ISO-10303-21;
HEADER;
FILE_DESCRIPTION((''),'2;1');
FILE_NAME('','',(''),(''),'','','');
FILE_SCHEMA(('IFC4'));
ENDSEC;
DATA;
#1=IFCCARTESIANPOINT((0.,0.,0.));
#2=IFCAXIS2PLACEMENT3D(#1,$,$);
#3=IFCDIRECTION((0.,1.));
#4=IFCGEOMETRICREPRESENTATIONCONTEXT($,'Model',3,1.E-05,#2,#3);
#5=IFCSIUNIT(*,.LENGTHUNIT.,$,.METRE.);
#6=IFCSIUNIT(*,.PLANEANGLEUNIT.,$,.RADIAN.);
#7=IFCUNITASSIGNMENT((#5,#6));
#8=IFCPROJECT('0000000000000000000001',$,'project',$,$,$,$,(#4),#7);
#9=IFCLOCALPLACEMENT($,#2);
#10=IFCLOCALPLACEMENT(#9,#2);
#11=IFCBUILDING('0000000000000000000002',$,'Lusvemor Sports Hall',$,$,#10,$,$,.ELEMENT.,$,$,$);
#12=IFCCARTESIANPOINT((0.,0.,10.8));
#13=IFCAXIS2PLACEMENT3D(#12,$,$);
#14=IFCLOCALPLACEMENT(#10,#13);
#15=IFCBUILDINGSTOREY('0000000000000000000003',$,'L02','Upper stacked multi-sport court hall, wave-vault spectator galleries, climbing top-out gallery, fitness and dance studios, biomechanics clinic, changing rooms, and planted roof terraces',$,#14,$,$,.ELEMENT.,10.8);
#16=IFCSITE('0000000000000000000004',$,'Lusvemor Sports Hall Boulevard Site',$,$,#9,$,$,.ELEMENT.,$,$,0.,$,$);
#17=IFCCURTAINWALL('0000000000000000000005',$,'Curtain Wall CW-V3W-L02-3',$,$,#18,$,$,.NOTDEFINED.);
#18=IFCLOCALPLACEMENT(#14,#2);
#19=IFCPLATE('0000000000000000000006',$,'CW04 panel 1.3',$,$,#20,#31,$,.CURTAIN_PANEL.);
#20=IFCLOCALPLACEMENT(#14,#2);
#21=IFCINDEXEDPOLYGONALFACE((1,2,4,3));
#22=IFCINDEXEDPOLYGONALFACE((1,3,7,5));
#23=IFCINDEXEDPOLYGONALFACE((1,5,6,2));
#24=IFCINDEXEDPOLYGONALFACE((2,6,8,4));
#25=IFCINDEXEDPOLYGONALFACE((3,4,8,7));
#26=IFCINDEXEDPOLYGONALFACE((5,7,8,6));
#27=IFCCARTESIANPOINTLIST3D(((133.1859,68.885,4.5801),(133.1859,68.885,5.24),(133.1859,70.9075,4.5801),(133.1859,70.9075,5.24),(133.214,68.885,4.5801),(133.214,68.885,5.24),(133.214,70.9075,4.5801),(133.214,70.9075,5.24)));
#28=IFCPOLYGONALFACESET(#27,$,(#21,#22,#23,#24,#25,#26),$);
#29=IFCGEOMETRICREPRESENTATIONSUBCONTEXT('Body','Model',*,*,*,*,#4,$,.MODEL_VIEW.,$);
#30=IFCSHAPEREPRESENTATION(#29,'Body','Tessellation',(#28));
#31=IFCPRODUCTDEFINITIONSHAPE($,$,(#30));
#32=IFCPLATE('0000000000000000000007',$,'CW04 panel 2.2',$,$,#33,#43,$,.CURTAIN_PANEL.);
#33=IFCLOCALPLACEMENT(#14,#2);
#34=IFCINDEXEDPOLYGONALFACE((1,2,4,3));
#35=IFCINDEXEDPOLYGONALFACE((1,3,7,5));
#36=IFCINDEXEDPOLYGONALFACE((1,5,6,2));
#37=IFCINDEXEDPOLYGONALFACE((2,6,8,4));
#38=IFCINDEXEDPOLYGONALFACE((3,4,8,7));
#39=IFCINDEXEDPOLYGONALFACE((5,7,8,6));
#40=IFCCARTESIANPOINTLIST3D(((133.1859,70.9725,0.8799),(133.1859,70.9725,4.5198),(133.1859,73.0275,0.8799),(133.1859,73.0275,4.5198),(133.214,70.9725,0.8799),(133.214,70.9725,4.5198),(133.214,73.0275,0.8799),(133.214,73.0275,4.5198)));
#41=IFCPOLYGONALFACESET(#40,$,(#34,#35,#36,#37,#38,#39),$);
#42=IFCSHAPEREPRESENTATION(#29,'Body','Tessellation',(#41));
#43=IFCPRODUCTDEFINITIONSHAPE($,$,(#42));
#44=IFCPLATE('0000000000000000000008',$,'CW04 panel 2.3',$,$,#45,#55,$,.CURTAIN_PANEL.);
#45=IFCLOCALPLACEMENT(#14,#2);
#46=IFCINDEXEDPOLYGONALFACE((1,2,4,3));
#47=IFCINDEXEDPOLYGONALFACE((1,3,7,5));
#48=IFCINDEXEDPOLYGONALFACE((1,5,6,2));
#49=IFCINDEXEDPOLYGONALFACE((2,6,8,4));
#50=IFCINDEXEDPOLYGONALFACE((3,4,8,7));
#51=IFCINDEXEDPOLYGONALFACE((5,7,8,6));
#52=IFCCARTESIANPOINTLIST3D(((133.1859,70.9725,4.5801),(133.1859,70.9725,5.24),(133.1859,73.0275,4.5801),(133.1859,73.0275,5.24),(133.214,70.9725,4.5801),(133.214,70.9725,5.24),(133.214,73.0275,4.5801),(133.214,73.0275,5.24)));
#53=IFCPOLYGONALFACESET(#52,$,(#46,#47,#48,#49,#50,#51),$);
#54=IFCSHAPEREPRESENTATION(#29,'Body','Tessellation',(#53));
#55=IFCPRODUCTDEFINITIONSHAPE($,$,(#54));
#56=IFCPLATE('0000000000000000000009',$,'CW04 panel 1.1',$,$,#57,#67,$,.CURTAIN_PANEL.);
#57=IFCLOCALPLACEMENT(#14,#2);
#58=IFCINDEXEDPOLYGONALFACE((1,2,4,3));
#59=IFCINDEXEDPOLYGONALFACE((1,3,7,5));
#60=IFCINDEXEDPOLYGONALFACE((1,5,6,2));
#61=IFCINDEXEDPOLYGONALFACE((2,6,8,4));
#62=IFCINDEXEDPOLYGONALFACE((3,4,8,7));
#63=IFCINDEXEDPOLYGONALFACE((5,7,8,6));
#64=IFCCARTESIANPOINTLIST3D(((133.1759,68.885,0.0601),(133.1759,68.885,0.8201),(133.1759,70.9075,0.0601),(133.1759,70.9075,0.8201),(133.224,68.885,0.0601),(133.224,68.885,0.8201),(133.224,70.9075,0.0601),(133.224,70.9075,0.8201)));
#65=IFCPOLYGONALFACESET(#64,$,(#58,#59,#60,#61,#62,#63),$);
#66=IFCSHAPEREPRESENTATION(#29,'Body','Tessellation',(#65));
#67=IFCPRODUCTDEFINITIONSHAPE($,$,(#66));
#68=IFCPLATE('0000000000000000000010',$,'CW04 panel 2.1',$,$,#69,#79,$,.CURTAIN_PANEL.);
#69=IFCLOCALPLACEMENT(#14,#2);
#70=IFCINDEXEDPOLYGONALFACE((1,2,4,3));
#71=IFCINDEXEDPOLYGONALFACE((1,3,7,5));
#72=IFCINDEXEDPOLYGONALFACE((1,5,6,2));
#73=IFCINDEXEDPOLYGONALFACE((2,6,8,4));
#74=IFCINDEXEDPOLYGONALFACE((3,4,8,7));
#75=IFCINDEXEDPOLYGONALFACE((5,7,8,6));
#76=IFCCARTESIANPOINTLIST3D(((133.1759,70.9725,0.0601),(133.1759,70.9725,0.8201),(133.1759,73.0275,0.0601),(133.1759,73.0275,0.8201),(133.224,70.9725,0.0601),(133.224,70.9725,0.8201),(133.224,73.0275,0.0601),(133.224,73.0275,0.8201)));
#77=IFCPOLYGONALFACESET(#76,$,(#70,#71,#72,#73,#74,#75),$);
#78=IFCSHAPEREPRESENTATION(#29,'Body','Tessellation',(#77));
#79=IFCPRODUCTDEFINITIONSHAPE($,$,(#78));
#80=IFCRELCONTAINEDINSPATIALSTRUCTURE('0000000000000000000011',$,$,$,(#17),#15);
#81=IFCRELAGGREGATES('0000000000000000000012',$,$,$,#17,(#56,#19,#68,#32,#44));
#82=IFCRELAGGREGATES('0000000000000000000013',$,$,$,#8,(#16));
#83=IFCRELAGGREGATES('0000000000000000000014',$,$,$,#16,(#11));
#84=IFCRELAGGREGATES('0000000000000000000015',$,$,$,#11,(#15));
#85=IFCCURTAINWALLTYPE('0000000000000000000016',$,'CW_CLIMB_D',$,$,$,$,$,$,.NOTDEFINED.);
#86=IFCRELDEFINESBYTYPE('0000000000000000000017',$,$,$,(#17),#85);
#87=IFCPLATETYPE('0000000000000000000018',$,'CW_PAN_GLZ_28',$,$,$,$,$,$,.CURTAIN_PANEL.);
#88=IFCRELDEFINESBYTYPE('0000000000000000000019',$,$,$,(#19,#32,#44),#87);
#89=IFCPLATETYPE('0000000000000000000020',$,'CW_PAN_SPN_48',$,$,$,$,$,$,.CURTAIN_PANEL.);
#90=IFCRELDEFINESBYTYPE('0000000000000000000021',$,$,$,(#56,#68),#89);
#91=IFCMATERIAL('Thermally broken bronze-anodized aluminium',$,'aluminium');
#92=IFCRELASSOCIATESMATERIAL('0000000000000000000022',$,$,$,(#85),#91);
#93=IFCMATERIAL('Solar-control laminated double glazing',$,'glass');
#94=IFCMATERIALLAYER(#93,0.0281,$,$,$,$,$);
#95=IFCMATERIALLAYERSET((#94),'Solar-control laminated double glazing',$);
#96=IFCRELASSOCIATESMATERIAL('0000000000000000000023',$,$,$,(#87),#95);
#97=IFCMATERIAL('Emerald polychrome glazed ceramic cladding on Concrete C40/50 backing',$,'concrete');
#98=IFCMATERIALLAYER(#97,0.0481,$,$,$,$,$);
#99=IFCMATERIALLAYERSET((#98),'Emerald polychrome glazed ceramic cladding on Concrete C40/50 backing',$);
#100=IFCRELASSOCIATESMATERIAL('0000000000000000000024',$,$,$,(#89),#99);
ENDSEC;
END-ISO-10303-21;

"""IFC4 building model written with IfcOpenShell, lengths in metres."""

from ifc_helpers import new_model, si_unit, direction, frame, origin, origin_2d, place, context, subcontext, project, spatial, rectangle, extrude, material, layer, layer_set, type_object, element, aggregate, save


model = new_model("IFC4")

# Units and contexts
model_context = context("Model", 3, precision=1e-05, world=origin(), true_north=direction((0.0, 1.0)))
body_context = subcontext(model_context, "Body", "Model", "MODEL_VIEW")
ifc_project = project(units=[si_unit("LENGTHUNIT", "METRE"), si_unit("PLANEANGLEUNIT", "RADIAN")], contexts=[model_context])

# Site, building, storey
site_placement = place(None, origin())
site = spatial("IfcSite", under=ifc_project, at=site_placement, Name="Lusvemor Sports Hall Boulevard Site", CompositionType="ELEMENT", RefElevation=0.0)
building_placement = place(site_placement, origin())
building = spatial("IfcBuilding", under=site, at=building_placement, Name="Lusvemor Sports Hall", CompositionType="ELEMENT")
storey_placement = place(building_placement, frame((0.0, 0.0, 10.8)))
storey = spatial("IfcBuildingStorey", under=building, at=storey_placement, Name="L02", Description="Upper stacked multi-sport court hall, wave-vault spectator galleries, climbing top-out gallery, fitness and dance studios, biomechanics clinic, changing rooms, and planted roof terraces", CompositionType="ELEMENT", Elevation=10.8)

# Shared definitions
ifc_material_1 = material(Name="Thermally broken bronze-anodized aluminium", Category="aluminium")
curtain_wall_type = type_object("IfcCurtainWallType", Name="CW_CLIMB_D", PredefinedType="NOTDEFINED", material=ifc_material_1)

# Curtain wall
curtain_wall_1_placement = place(storey_placement, origin())
curtain_wall_1 = element("IfcCurtainWall", 1, at=curtain_wall_1_placement, inside=storey, type_object=curtain_wall_type, Name="Curtain Wall CW-V3W-L02-3", PredefinedType="NOTDEFINED")

# Plates
ifc_material_2 = material(Name="Solar-control laminated double glazing", Category="glass")
ifc_layer_1 = layer(ifc_material_2, 0.0281)
ifc_layer_set_1 = layer_set([ifc_layer_1], Name="Solar-control laminated double glazing")
plate_type_1 = type_object("IfcPlateType", Name="CW_PAN_GLZ_28", PredefinedType="CURTAIN_PANEL", material=ifc_layer_set_1)
plate_1_placement = place(storey_placement, frame((133.2, 69.8962, 4.5801), z_axis=(0.0, 0.0, 1.0), x_axis=(0.0, 1.0, 0.0)))
plate_1 = element("IfcPlate", 2, at=plate_1_placement, type_object=plate_type_1, Name="CW04 panel 1.3", PredefinedType="CURTAIN_PANEL", context=body_context, shape_type="SweptSolid", body=[
    extrude(rectangle(XDim=2.0225, YDim=0.0281, at=origin_2d()), origin(), (0.0, 0.0, 1.0), 0.6599),
])
plate_2_placement = place(storey_placement, frame((133.2, 72.0, 0.8799), z_axis=(0.0, 0.0, 1.0), x_axis=(0.0, 1.0, 0.0)))
plate_2 = element("IfcPlate", 3, at=plate_2_placement, type_object=plate_type_1, Name="CW04 panel 2.2", PredefinedType="CURTAIN_PANEL", context=body_context, shape_type="SweptSolid", body=[
    extrude(rectangle(XDim=2.0549, YDim=0.0281, at=origin_2d()), origin(), (0.0, 0.0, 1.0), 3.6399),
])
plate_3_placement = place(storey_placement, frame((133.2, 72.0, 4.5801), z_axis=(0.0, 0.0, 1.0), x_axis=(0.0, 1.0, 0.0)))
plate_3 = element("IfcPlate", 4, at=plate_3_placement, type_object=plate_type_1, Name="CW04 panel 2.3", PredefinedType="CURTAIN_PANEL", context=body_context, shape_type="SweptSolid", body=[
    extrude(rectangle(XDim=2.0549, YDim=0.0281, at=origin_2d()), origin(), (0.0, 0.0, 1.0), 0.6599),
])
ifc_material_3 = material(Name="Emerald polychrome glazed ceramic cladding on Concrete C40/50 backing", Category="concrete")
ifc_layer_2 = layer(ifc_material_3, 0.0481)
ifc_layer_set_2 = layer_set([ifc_layer_2], Name="Emerald polychrome glazed ceramic cladding on Concrete C40/50 backing")
plate_type_2 = type_object("IfcPlateType", Name="CW_PAN_SPN_48", PredefinedType="CURTAIN_PANEL", material=ifc_layer_set_2)
plate_4_placement = place(storey_placement, frame((133.2, 69.8962, 0.0601), z_axis=(0.0, 0.0, 1.0), x_axis=(0.0, 1.0, 0.0)))
plate_4 = element("IfcPlate", 5, at=plate_4_placement, type_object=plate_type_2, Name="CW04 panel 1.1", PredefinedType="CURTAIN_PANEL", context=body_context, shape_type="SweptSolid", body=[
    extrude(rectangle(XDim=2.0225, YDim=0.0481, at=origin_2d()), origin(), (0.0, 0.0, 1.0), 0.76),
])
plate_5_placement = place(storey_placement, frame((133.2, 72.0, 0.0601), z_axis=(0.0, 0.0, 1.0), x_axis=(0.0, 1.0, 0.0)))
plate_5 = element("IfcPlate", 6, at=plate_5_placement, type_object=plate_type_2, Name="CW04 panel 2.1", PredefinedType="CURTAIN_PANEL", context=body_context, shape_type="SweptSolid", body=[
    extrude(rectangle(XDim=2.0549, YDim=0.0481, at=origin_2d()), origin(), (0.0, 0.0, 1.0), 0.76),
])
aggregate(curtain_wall_1, [plate_4, plate_1, plate_5, plate_2, plate_3])

save(model, "model.ifc")
